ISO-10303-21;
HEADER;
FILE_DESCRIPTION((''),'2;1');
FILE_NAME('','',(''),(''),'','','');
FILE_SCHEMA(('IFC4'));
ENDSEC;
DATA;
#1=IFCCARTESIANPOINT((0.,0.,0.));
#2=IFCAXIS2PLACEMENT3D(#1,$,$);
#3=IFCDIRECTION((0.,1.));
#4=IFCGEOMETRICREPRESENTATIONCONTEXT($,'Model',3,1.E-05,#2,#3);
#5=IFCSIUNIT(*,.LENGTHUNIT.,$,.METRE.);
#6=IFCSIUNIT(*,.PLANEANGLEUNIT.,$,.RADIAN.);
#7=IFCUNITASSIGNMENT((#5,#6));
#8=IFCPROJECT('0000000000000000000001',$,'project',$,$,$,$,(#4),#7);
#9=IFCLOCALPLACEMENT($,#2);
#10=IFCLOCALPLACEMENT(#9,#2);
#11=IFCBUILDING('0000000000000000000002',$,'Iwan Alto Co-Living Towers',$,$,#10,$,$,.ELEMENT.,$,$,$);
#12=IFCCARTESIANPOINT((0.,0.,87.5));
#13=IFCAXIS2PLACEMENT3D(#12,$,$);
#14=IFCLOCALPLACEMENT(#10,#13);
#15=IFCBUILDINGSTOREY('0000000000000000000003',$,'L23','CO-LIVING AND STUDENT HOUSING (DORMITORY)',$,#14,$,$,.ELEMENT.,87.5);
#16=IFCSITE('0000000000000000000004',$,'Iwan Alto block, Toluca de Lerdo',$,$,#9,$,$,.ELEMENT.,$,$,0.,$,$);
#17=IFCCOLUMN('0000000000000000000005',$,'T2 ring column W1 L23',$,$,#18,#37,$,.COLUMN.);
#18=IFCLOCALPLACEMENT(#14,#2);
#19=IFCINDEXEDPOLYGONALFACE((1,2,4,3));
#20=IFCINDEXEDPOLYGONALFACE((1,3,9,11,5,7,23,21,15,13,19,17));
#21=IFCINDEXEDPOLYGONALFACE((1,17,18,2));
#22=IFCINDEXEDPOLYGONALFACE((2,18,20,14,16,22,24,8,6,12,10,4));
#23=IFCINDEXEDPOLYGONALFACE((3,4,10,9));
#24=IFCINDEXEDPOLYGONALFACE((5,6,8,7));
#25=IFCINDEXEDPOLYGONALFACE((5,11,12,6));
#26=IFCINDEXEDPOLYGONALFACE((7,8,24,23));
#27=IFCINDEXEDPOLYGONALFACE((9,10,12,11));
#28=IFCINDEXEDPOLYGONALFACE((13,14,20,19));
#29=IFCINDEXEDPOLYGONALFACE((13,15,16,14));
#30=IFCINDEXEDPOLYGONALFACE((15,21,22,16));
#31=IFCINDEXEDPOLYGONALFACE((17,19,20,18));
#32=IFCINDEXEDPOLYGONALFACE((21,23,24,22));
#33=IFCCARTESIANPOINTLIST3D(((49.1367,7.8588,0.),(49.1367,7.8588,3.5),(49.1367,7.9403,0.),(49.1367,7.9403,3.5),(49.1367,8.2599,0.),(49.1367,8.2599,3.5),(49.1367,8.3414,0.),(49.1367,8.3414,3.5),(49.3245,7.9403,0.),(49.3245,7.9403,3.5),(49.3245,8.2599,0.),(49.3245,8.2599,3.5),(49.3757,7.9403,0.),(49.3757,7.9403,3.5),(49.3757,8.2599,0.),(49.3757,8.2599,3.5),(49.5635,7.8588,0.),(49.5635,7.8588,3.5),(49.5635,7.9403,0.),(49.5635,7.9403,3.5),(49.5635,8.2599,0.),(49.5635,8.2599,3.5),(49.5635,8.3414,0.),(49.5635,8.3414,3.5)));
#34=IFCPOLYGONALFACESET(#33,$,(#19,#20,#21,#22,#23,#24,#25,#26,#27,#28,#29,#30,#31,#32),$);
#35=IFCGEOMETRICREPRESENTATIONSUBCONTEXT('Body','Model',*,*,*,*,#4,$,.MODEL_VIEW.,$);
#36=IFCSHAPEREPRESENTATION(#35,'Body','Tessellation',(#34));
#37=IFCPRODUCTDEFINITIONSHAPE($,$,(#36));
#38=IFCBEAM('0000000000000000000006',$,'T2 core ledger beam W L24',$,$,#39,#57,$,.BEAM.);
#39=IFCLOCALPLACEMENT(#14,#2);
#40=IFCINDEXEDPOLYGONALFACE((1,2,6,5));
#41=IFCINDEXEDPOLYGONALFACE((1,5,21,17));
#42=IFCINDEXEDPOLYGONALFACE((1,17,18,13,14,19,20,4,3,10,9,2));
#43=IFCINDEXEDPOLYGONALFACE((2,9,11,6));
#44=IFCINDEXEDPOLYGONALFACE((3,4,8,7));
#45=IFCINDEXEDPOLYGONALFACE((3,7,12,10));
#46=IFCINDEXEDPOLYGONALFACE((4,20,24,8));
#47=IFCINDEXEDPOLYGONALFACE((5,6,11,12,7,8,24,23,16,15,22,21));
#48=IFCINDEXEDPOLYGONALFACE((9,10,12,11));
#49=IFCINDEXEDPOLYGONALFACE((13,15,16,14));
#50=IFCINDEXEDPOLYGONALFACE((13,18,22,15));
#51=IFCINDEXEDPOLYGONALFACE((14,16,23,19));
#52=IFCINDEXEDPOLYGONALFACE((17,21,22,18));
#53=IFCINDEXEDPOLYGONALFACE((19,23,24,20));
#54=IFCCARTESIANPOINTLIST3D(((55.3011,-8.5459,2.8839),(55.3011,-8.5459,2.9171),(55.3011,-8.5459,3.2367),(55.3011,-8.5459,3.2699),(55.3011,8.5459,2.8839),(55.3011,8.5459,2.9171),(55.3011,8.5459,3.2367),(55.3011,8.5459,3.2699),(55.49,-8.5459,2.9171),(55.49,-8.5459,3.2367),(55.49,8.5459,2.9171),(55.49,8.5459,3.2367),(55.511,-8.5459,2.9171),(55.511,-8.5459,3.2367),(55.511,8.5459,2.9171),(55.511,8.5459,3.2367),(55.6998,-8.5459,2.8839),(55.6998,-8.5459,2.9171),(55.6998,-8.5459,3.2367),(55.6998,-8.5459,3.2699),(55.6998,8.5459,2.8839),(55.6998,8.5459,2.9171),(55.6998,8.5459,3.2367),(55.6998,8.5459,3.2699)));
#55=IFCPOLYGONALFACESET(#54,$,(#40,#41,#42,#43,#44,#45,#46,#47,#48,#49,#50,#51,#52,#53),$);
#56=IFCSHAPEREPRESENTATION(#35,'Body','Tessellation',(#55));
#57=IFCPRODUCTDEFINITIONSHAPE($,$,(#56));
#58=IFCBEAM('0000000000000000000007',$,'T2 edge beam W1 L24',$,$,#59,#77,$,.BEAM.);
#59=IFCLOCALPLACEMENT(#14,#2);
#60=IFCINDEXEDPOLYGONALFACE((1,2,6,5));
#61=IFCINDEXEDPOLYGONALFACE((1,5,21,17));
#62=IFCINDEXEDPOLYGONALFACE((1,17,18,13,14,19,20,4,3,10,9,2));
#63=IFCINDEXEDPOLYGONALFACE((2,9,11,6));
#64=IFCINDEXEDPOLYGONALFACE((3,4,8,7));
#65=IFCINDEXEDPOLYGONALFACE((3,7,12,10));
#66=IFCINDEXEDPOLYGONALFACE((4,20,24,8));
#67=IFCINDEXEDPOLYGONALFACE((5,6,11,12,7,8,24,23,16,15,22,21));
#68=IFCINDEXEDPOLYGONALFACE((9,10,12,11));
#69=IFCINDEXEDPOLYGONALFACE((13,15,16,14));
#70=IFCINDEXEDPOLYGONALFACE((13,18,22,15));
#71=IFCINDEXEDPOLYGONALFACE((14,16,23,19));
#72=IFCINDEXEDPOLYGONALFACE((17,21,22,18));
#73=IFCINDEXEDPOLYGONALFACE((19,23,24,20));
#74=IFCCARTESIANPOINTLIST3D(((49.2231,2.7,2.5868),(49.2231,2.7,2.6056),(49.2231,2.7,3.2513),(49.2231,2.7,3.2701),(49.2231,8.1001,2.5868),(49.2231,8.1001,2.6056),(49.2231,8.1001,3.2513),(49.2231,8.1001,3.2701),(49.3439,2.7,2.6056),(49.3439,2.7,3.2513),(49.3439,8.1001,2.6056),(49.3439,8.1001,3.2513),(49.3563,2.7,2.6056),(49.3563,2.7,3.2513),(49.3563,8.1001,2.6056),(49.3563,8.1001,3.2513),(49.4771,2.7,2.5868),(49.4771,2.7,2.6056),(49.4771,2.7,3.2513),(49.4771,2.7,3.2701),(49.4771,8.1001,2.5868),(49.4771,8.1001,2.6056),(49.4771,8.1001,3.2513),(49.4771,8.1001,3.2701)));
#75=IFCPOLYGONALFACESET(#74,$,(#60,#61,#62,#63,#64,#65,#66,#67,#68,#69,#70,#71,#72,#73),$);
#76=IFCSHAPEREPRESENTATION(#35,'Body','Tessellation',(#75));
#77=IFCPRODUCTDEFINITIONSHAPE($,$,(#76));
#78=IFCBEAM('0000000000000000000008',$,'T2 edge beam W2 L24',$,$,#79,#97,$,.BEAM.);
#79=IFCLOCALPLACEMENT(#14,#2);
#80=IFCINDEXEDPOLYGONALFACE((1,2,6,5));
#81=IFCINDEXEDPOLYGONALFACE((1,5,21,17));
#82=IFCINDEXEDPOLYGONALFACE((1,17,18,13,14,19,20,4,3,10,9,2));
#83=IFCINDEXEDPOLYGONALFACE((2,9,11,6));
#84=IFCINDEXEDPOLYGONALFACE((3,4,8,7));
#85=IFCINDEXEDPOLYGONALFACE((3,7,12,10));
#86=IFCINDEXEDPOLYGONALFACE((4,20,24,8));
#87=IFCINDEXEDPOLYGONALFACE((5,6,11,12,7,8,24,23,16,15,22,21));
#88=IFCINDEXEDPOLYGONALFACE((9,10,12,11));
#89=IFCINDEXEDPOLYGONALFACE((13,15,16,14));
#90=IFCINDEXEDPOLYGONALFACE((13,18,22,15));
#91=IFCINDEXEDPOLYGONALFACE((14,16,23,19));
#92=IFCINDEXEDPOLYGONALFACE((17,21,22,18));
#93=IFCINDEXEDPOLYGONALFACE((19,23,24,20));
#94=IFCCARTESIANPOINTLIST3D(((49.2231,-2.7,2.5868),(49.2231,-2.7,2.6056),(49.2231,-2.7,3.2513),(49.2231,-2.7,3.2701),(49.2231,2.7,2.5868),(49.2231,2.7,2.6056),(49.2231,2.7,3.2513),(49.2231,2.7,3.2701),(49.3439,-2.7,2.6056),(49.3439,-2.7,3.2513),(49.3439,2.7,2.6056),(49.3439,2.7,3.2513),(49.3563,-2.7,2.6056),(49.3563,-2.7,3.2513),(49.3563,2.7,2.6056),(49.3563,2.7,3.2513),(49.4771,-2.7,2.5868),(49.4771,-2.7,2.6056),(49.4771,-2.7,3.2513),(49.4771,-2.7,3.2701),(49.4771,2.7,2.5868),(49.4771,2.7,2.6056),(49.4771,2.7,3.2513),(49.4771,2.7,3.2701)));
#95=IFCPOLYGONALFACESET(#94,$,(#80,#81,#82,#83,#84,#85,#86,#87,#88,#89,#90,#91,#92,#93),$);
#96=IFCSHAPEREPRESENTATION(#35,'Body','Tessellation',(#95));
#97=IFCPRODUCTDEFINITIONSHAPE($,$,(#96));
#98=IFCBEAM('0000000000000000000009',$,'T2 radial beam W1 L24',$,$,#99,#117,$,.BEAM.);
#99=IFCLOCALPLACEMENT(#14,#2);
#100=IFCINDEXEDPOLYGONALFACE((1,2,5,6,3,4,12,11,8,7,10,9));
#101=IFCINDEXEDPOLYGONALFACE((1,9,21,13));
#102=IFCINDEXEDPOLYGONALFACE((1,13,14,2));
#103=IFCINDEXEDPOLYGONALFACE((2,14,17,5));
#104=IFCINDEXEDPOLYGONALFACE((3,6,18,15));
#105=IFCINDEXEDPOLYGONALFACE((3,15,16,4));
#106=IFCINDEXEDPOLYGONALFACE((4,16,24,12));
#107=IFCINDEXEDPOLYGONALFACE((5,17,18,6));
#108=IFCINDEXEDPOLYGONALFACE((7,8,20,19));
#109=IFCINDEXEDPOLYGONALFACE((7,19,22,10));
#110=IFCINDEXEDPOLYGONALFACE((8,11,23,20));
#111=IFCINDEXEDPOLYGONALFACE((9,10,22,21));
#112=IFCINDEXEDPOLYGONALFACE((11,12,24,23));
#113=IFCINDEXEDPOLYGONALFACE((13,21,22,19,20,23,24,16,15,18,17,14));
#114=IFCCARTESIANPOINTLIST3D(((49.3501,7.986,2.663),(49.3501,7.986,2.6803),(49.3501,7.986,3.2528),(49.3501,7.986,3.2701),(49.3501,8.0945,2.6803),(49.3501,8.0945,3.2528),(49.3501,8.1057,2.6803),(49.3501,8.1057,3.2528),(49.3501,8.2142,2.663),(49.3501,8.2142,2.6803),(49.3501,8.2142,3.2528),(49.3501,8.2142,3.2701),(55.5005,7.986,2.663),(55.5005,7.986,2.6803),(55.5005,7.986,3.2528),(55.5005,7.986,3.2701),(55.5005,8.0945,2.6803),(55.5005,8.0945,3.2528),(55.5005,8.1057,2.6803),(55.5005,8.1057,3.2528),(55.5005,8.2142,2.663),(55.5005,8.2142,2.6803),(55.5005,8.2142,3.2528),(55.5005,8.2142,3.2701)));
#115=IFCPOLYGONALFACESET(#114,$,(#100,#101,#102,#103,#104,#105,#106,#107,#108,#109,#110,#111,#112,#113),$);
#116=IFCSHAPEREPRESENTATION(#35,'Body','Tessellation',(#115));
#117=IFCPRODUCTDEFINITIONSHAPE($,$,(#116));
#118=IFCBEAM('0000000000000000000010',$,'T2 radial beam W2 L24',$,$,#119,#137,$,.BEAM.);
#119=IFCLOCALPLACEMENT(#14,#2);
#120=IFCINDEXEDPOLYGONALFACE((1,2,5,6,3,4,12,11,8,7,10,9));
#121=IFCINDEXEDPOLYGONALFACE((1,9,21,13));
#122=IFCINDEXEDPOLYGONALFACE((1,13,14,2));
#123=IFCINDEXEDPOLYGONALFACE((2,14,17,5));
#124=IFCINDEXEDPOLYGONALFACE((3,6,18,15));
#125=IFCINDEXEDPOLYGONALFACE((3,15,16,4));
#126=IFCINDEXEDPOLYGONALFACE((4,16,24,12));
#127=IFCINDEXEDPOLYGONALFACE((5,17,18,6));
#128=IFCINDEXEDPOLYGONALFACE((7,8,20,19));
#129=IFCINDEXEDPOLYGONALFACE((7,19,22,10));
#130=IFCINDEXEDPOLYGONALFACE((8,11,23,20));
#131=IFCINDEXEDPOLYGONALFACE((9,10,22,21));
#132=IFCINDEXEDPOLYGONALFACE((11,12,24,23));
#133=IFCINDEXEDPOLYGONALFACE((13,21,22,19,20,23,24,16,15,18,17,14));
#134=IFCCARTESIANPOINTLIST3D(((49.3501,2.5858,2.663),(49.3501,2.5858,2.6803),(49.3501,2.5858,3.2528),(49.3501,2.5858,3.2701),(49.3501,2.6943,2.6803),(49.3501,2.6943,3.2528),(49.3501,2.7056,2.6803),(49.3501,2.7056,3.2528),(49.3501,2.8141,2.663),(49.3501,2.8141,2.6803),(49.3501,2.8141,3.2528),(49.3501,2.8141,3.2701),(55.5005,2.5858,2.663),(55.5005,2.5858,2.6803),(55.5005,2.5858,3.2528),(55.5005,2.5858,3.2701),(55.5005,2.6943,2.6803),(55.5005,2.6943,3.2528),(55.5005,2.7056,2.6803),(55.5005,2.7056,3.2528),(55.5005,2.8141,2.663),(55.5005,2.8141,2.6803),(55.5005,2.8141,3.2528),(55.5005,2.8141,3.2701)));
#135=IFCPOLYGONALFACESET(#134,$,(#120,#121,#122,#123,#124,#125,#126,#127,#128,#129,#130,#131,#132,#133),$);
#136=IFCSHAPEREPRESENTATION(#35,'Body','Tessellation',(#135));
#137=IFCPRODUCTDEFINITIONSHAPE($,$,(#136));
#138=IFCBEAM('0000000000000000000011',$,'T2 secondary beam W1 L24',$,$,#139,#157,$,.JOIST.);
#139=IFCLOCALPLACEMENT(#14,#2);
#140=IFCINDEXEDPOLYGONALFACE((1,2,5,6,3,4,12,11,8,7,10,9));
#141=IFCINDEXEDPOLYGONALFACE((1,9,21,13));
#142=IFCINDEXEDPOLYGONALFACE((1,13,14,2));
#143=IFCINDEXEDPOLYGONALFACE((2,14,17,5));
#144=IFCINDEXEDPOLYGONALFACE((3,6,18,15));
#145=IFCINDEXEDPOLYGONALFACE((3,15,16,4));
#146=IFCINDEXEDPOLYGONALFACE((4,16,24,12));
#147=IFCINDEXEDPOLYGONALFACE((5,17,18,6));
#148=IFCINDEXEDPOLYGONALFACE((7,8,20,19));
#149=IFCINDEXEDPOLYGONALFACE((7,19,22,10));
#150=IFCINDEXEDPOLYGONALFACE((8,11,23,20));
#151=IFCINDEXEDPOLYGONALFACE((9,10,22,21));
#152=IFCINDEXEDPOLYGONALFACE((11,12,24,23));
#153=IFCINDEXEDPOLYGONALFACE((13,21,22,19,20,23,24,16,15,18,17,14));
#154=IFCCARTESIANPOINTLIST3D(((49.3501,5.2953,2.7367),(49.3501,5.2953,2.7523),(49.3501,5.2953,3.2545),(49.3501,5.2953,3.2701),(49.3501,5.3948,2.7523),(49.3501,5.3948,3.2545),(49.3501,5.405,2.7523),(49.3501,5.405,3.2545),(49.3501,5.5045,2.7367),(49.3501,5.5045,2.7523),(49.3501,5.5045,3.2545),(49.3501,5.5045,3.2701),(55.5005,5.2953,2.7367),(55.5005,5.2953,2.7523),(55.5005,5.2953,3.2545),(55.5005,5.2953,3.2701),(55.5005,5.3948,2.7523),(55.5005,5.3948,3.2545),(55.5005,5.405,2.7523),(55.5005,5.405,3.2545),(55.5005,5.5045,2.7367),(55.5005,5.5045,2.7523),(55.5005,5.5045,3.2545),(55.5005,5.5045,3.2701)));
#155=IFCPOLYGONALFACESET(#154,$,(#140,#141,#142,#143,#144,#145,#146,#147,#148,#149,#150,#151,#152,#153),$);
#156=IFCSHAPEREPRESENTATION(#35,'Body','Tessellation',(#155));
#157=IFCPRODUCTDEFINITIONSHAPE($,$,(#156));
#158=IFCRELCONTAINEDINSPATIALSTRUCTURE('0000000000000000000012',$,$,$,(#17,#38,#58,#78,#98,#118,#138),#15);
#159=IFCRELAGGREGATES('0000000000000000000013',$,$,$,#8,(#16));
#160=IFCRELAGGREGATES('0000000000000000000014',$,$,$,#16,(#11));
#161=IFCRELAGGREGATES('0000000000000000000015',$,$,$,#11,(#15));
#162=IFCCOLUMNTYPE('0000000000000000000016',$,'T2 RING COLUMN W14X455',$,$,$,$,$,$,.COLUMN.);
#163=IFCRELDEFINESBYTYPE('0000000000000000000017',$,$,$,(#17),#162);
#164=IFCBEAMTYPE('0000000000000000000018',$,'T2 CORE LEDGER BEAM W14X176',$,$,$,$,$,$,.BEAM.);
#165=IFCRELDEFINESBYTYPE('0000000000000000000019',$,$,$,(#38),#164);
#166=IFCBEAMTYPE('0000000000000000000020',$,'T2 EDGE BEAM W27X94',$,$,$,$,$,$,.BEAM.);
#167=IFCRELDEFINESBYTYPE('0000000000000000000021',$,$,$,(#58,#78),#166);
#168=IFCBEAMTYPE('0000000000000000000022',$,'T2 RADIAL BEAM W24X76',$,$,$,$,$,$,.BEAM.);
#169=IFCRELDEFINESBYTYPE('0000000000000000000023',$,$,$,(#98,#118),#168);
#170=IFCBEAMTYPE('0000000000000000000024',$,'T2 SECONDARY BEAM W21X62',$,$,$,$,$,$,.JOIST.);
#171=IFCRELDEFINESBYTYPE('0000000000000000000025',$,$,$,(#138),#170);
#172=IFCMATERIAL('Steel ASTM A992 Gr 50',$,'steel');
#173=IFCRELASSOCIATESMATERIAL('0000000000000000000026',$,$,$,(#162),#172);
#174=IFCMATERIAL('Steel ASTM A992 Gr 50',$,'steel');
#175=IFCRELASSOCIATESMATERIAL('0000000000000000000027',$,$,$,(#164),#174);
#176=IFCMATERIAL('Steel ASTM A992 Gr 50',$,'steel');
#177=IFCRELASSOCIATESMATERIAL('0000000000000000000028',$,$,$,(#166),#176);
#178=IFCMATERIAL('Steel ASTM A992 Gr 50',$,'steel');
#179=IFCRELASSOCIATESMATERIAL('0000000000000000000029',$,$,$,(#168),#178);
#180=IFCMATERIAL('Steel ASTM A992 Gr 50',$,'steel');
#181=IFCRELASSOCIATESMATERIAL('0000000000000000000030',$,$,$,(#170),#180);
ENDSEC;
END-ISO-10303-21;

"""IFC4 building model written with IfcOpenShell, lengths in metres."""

from ifc_helpers import new_model, si_unit, direction, frame, origin, origin_2d, place, context, subcontext, project, spatial, i_section, extrude, material, material_profile, profile_set, type_object, element, save


model = new_model("IFC4")

# Units and contexts
model_context = context("Model", 3, precision=1e-05, world=origin(), true_north=direction((0.0, 1.0)))
body_context = subcontext(model_context, "Body", "Model", "MODEL_VIEW")
ifc_project = project(units=[si_unit("LENGTHUNIT", "METRE"), si_unit("PLANEANGLEUNIT", "RADIAN")], contexts=[model_context])

# Site, building, storey
site_placement = place(None, origin())
site = spatial("IfcSite", under=ifc_project, at=site_placement, Name="Iwan Alto block, Toluca de Lerdo", CompositionType="ELEMENT", RefElevation=0.0)
building_placement = place(site_placement, origin())
building = spatial("IfcBuilding", under=site, at=building_placement, Name="Iwan Alto Co-Living Towers", CompositionType="ELEMENT")
storey_placement = place(building_placement, frame((0.0, 0.0, 87.5)))
storey = spatial("IfcBuildingStorey", under=building, at=storey_placement, Name="L23", Description="CO-LIVING AND STUDENT HOUSING (DORMITORY)", CompositionType="ELEMENT", Elevation=87.5)

# Column
ifc_material_1 = material(Name="Steel ASTM A992 Gr 50", Category="steel")
ifc_material_profile_1 = material_profile(ifc_material_1, i_section(OverallWidth=0.4268, OverallDepth=0.4827, WebThickness=0.0513, FlangeThickness=0.0815, at=origin_2d()), Name="W14X455")
ifc_profile_set_1 = profile_set([ifc_material_profile_1], Name="Steel ASTM A992 Gr 50")
column_type = type_object("IfcColumnType", Name="T2 RING COLUMN W14X455", PredefinedType="COLUMN", material=ifc_profile_set_1)
column_placement = place(storey_placement, frame((49.3501, 8.1001, 0.0), z_axis=(0.0, 0.0, 1.0), x_axis=(1.0, 0.0, 0.0)))
element("IfcColumn", 1, at=column_placement, inside=storey, type_object=column_type, Name="T2 ring column W1 L23", PredefinedType="COLUMN", context=body_context, shape_type="SweptSolid", body=[
    extrude(i_section(OverallWidth=0.4268, OverallDepth=0.4827, WebThickness=0.0513, FlangeThickness=0.0815, at=origin_2d()), origin(), (0.0, 0.0, 1.0), 3.5),
])

# Beams
ifc_material_2 = material(Name="Steel ASTM A992 Gr 50", Category="steel")
ifc_material_profile_2 = material_profile(ifc_material_2, i_section(OverallWidth=0.3987, OverallDepth=0.386, WebThickness=0.021, FlangeThickness=0.0332, at=origin_2d()), Name="W14X176")
ifc_profile_set_2 = profile_set([ifc_material_profile_2], Name="Steel ASTM A992 Gr 50")
beam_type_1 = type_object("IfcBeamType", Name="T2 CORE LEDGER BEAM W14X176", PredefinedType="BEAM", material=ifc_profile_set_2)
beam_1_placement = place(storey_placement, frame((55.5005, 8.5459, 3.0769), z_axis=(0.0, -1.0, 0.0), x_axis=(1.0, 0.0, 0.0)))
element("IfcBeam", 2, at=beam_1_placement, inside=storey, type_object=beam_type_1, Name="T2 core ledger beam W L24", PredefinedType="BEAM", context=body_context, shape_type="SweptSolid", body=[
    extrude(i_section(OverallWidth=0.3987, OverallDepth=0.386, WebThickness=0.021, FlangeThickness=0.0332, at=origin_2d()), origin(), (0.0, 0.0, 1.0), 17.0918),
])
ifc_material_3 = material(Name="Steel ASTM A992 Gr 50", Category="steel")
ifc_material_profile_3 = material_profile(ifc_material_3, i_section(OverallWidth=0.2539, OverallDepth=0.6833, WebThickness=0.0125, FlangeThickness=0.0188, at=origin_2d()), Name="W27X94")
ifc_profile_set_3 = profile_set([ifc_material_profile_3], Name="Steel ASTM A992 Gr 50")
beam_type_2 = type_object("IfcBeamType", Name="T2 EDGE BEAM W27X94", PredefinedType="BEAM", material=ifc_profile_set_3)
beam_2_placement = place(storey_placement, frame((49.3501, 8.1001, 2.9285), z_axis=(0.0, -1.0, 0.0), x_axis=(1.0, 0.0, 0.0)))
element("IfcBeam", 3, at=beam_2_placement, inside=storey, type_object=beam_type_2, Name="T2 edge beam W1 L24", PredefinedType="BEAM", context=body_context, shape_type="SweptSolid", body=[
    extrude(i_section(OverallWidth=0.2539, OverallDepth=0.6833, WebThickness=0.0125, FlangeThickness=0.0188, at=origin_2d()), origin(), (0.0, 0.0, 1.0), 5.4001),
])
beam_3_placement = place(storey_placement, frame((49.3501, 2.7, 2.9285), z_axis=(0.0, -1.0, 0.0), x_axis=(1.0, 0.0, 0.0)))
element("IfcBeam", 4, at=beam_3_placement, inside=storey, type_object=beam_type_2, Name="T2 edge beam W2 L24", PredefinedType="BEAM", context=body_context, shape_type="SweptSolid", body=[
    extrude(i_section(OverallWidth=0.2539, OverallDepth=0.6833, WebThickness=0.0125, FlangeThickness=0.0188, at=origin_2d()), origin(), (0.0, 0.0, 1.0), 5.3999),
])
ifc_material_4 = material(Name="Steel ASTM A992 Gr 50", Category="steel")
ifc_material_profile_4 = material_profile(ifc_material_4, i_section(OverallWidth=0.2283, OverallDepth=0.6072, WebThickness=0.0112, FlangeThickness=0.0173, at=origin_2d()), Name="W24X76")
ifc_profile_set_4 = profile_set([ifc_material_profile_4], Name="Steel ASTM A992 Gr 50")
beam_type_3 = type_object("IfcBeamType", Name="T2 RADIAL BEAM W24X76", PredefinedType="BEAM", material=ifc_profile_set_4)
for number, where, z_axis, x_axis, name in (
    (5, (49.3501, 8.1001, 2.9666), (1.0, 0.0, 0.0), (0.0, 1.0, 0.0), "T2 radial beam W1 L24"),
    (6, (49.3501, 2.7, 2.9666), (1.0, 0.0, 0.0), (0.0, 1.0, 0.0), "T2 radial beam W2 L24"),
):
    element("IfcBeam", number, at=place(storey_placement, frame(where, z_axis=z_axis, x_axis=x_axis)), inside=storey, type_object=beam_type_3, Name=name, PredefinedType="BEAM", context=body_context, shape_type="SweptSolid", body=[
        extrude(i_section(OverallWidth=0.2283, OverallDepth=0.6072, WebThickness=0.0112, FlangeThickness=0.0173, at=origin_2d()), origin(), (0.0, 0.0, 1.0), 6.1504),
    ])
ifc_material_5 = material(Name="Steel ASTM A992 Gr 50", Category="steel")
ifc_material_profile_5 = material_profile(ifc_material_5, i_section(OverallWidth=0.2092, OverallDepth=0.5334, WebThickness=0.0103, FlangeThickness=0.0156, at=origin_2d()), Name="W21X62")
ifc_profile_set_5 = profile_set([ifc_material_profile_5], Name="Steel ASTM A992 Gr 50")
beam_type_4 = type_object("IfcBeamType", Name="T2 SECONDARY BEAM W21X62", PredefinedType="JOIST", material=ifc_profile_set_5)
beam_4_placement = place(storey_placement, frame((49.3501, 5.3999, 3.0034), z_axis=(1.0, 0.0, 0.0), x_axis=(0.0, 1.0, 0.0)))
element("IfcBeam", 7, at=beam_4_placement, inside=storey, type_object=beam_type_4, Name="T2 secondary beam W1 L24", PredefinedType="JOIST", context=body_context, shape_type="SweptSolid", body=[
    extrude(i_section(OverallWidth=0.2092, OverallDepth=0.5334, WebThickness=0.0103, FlangeThickness=0.0156, at=origin_2d()), origin(), (0.0, 0.0, 1.0), 6.1504),
])

save(model, "model.ifc")
